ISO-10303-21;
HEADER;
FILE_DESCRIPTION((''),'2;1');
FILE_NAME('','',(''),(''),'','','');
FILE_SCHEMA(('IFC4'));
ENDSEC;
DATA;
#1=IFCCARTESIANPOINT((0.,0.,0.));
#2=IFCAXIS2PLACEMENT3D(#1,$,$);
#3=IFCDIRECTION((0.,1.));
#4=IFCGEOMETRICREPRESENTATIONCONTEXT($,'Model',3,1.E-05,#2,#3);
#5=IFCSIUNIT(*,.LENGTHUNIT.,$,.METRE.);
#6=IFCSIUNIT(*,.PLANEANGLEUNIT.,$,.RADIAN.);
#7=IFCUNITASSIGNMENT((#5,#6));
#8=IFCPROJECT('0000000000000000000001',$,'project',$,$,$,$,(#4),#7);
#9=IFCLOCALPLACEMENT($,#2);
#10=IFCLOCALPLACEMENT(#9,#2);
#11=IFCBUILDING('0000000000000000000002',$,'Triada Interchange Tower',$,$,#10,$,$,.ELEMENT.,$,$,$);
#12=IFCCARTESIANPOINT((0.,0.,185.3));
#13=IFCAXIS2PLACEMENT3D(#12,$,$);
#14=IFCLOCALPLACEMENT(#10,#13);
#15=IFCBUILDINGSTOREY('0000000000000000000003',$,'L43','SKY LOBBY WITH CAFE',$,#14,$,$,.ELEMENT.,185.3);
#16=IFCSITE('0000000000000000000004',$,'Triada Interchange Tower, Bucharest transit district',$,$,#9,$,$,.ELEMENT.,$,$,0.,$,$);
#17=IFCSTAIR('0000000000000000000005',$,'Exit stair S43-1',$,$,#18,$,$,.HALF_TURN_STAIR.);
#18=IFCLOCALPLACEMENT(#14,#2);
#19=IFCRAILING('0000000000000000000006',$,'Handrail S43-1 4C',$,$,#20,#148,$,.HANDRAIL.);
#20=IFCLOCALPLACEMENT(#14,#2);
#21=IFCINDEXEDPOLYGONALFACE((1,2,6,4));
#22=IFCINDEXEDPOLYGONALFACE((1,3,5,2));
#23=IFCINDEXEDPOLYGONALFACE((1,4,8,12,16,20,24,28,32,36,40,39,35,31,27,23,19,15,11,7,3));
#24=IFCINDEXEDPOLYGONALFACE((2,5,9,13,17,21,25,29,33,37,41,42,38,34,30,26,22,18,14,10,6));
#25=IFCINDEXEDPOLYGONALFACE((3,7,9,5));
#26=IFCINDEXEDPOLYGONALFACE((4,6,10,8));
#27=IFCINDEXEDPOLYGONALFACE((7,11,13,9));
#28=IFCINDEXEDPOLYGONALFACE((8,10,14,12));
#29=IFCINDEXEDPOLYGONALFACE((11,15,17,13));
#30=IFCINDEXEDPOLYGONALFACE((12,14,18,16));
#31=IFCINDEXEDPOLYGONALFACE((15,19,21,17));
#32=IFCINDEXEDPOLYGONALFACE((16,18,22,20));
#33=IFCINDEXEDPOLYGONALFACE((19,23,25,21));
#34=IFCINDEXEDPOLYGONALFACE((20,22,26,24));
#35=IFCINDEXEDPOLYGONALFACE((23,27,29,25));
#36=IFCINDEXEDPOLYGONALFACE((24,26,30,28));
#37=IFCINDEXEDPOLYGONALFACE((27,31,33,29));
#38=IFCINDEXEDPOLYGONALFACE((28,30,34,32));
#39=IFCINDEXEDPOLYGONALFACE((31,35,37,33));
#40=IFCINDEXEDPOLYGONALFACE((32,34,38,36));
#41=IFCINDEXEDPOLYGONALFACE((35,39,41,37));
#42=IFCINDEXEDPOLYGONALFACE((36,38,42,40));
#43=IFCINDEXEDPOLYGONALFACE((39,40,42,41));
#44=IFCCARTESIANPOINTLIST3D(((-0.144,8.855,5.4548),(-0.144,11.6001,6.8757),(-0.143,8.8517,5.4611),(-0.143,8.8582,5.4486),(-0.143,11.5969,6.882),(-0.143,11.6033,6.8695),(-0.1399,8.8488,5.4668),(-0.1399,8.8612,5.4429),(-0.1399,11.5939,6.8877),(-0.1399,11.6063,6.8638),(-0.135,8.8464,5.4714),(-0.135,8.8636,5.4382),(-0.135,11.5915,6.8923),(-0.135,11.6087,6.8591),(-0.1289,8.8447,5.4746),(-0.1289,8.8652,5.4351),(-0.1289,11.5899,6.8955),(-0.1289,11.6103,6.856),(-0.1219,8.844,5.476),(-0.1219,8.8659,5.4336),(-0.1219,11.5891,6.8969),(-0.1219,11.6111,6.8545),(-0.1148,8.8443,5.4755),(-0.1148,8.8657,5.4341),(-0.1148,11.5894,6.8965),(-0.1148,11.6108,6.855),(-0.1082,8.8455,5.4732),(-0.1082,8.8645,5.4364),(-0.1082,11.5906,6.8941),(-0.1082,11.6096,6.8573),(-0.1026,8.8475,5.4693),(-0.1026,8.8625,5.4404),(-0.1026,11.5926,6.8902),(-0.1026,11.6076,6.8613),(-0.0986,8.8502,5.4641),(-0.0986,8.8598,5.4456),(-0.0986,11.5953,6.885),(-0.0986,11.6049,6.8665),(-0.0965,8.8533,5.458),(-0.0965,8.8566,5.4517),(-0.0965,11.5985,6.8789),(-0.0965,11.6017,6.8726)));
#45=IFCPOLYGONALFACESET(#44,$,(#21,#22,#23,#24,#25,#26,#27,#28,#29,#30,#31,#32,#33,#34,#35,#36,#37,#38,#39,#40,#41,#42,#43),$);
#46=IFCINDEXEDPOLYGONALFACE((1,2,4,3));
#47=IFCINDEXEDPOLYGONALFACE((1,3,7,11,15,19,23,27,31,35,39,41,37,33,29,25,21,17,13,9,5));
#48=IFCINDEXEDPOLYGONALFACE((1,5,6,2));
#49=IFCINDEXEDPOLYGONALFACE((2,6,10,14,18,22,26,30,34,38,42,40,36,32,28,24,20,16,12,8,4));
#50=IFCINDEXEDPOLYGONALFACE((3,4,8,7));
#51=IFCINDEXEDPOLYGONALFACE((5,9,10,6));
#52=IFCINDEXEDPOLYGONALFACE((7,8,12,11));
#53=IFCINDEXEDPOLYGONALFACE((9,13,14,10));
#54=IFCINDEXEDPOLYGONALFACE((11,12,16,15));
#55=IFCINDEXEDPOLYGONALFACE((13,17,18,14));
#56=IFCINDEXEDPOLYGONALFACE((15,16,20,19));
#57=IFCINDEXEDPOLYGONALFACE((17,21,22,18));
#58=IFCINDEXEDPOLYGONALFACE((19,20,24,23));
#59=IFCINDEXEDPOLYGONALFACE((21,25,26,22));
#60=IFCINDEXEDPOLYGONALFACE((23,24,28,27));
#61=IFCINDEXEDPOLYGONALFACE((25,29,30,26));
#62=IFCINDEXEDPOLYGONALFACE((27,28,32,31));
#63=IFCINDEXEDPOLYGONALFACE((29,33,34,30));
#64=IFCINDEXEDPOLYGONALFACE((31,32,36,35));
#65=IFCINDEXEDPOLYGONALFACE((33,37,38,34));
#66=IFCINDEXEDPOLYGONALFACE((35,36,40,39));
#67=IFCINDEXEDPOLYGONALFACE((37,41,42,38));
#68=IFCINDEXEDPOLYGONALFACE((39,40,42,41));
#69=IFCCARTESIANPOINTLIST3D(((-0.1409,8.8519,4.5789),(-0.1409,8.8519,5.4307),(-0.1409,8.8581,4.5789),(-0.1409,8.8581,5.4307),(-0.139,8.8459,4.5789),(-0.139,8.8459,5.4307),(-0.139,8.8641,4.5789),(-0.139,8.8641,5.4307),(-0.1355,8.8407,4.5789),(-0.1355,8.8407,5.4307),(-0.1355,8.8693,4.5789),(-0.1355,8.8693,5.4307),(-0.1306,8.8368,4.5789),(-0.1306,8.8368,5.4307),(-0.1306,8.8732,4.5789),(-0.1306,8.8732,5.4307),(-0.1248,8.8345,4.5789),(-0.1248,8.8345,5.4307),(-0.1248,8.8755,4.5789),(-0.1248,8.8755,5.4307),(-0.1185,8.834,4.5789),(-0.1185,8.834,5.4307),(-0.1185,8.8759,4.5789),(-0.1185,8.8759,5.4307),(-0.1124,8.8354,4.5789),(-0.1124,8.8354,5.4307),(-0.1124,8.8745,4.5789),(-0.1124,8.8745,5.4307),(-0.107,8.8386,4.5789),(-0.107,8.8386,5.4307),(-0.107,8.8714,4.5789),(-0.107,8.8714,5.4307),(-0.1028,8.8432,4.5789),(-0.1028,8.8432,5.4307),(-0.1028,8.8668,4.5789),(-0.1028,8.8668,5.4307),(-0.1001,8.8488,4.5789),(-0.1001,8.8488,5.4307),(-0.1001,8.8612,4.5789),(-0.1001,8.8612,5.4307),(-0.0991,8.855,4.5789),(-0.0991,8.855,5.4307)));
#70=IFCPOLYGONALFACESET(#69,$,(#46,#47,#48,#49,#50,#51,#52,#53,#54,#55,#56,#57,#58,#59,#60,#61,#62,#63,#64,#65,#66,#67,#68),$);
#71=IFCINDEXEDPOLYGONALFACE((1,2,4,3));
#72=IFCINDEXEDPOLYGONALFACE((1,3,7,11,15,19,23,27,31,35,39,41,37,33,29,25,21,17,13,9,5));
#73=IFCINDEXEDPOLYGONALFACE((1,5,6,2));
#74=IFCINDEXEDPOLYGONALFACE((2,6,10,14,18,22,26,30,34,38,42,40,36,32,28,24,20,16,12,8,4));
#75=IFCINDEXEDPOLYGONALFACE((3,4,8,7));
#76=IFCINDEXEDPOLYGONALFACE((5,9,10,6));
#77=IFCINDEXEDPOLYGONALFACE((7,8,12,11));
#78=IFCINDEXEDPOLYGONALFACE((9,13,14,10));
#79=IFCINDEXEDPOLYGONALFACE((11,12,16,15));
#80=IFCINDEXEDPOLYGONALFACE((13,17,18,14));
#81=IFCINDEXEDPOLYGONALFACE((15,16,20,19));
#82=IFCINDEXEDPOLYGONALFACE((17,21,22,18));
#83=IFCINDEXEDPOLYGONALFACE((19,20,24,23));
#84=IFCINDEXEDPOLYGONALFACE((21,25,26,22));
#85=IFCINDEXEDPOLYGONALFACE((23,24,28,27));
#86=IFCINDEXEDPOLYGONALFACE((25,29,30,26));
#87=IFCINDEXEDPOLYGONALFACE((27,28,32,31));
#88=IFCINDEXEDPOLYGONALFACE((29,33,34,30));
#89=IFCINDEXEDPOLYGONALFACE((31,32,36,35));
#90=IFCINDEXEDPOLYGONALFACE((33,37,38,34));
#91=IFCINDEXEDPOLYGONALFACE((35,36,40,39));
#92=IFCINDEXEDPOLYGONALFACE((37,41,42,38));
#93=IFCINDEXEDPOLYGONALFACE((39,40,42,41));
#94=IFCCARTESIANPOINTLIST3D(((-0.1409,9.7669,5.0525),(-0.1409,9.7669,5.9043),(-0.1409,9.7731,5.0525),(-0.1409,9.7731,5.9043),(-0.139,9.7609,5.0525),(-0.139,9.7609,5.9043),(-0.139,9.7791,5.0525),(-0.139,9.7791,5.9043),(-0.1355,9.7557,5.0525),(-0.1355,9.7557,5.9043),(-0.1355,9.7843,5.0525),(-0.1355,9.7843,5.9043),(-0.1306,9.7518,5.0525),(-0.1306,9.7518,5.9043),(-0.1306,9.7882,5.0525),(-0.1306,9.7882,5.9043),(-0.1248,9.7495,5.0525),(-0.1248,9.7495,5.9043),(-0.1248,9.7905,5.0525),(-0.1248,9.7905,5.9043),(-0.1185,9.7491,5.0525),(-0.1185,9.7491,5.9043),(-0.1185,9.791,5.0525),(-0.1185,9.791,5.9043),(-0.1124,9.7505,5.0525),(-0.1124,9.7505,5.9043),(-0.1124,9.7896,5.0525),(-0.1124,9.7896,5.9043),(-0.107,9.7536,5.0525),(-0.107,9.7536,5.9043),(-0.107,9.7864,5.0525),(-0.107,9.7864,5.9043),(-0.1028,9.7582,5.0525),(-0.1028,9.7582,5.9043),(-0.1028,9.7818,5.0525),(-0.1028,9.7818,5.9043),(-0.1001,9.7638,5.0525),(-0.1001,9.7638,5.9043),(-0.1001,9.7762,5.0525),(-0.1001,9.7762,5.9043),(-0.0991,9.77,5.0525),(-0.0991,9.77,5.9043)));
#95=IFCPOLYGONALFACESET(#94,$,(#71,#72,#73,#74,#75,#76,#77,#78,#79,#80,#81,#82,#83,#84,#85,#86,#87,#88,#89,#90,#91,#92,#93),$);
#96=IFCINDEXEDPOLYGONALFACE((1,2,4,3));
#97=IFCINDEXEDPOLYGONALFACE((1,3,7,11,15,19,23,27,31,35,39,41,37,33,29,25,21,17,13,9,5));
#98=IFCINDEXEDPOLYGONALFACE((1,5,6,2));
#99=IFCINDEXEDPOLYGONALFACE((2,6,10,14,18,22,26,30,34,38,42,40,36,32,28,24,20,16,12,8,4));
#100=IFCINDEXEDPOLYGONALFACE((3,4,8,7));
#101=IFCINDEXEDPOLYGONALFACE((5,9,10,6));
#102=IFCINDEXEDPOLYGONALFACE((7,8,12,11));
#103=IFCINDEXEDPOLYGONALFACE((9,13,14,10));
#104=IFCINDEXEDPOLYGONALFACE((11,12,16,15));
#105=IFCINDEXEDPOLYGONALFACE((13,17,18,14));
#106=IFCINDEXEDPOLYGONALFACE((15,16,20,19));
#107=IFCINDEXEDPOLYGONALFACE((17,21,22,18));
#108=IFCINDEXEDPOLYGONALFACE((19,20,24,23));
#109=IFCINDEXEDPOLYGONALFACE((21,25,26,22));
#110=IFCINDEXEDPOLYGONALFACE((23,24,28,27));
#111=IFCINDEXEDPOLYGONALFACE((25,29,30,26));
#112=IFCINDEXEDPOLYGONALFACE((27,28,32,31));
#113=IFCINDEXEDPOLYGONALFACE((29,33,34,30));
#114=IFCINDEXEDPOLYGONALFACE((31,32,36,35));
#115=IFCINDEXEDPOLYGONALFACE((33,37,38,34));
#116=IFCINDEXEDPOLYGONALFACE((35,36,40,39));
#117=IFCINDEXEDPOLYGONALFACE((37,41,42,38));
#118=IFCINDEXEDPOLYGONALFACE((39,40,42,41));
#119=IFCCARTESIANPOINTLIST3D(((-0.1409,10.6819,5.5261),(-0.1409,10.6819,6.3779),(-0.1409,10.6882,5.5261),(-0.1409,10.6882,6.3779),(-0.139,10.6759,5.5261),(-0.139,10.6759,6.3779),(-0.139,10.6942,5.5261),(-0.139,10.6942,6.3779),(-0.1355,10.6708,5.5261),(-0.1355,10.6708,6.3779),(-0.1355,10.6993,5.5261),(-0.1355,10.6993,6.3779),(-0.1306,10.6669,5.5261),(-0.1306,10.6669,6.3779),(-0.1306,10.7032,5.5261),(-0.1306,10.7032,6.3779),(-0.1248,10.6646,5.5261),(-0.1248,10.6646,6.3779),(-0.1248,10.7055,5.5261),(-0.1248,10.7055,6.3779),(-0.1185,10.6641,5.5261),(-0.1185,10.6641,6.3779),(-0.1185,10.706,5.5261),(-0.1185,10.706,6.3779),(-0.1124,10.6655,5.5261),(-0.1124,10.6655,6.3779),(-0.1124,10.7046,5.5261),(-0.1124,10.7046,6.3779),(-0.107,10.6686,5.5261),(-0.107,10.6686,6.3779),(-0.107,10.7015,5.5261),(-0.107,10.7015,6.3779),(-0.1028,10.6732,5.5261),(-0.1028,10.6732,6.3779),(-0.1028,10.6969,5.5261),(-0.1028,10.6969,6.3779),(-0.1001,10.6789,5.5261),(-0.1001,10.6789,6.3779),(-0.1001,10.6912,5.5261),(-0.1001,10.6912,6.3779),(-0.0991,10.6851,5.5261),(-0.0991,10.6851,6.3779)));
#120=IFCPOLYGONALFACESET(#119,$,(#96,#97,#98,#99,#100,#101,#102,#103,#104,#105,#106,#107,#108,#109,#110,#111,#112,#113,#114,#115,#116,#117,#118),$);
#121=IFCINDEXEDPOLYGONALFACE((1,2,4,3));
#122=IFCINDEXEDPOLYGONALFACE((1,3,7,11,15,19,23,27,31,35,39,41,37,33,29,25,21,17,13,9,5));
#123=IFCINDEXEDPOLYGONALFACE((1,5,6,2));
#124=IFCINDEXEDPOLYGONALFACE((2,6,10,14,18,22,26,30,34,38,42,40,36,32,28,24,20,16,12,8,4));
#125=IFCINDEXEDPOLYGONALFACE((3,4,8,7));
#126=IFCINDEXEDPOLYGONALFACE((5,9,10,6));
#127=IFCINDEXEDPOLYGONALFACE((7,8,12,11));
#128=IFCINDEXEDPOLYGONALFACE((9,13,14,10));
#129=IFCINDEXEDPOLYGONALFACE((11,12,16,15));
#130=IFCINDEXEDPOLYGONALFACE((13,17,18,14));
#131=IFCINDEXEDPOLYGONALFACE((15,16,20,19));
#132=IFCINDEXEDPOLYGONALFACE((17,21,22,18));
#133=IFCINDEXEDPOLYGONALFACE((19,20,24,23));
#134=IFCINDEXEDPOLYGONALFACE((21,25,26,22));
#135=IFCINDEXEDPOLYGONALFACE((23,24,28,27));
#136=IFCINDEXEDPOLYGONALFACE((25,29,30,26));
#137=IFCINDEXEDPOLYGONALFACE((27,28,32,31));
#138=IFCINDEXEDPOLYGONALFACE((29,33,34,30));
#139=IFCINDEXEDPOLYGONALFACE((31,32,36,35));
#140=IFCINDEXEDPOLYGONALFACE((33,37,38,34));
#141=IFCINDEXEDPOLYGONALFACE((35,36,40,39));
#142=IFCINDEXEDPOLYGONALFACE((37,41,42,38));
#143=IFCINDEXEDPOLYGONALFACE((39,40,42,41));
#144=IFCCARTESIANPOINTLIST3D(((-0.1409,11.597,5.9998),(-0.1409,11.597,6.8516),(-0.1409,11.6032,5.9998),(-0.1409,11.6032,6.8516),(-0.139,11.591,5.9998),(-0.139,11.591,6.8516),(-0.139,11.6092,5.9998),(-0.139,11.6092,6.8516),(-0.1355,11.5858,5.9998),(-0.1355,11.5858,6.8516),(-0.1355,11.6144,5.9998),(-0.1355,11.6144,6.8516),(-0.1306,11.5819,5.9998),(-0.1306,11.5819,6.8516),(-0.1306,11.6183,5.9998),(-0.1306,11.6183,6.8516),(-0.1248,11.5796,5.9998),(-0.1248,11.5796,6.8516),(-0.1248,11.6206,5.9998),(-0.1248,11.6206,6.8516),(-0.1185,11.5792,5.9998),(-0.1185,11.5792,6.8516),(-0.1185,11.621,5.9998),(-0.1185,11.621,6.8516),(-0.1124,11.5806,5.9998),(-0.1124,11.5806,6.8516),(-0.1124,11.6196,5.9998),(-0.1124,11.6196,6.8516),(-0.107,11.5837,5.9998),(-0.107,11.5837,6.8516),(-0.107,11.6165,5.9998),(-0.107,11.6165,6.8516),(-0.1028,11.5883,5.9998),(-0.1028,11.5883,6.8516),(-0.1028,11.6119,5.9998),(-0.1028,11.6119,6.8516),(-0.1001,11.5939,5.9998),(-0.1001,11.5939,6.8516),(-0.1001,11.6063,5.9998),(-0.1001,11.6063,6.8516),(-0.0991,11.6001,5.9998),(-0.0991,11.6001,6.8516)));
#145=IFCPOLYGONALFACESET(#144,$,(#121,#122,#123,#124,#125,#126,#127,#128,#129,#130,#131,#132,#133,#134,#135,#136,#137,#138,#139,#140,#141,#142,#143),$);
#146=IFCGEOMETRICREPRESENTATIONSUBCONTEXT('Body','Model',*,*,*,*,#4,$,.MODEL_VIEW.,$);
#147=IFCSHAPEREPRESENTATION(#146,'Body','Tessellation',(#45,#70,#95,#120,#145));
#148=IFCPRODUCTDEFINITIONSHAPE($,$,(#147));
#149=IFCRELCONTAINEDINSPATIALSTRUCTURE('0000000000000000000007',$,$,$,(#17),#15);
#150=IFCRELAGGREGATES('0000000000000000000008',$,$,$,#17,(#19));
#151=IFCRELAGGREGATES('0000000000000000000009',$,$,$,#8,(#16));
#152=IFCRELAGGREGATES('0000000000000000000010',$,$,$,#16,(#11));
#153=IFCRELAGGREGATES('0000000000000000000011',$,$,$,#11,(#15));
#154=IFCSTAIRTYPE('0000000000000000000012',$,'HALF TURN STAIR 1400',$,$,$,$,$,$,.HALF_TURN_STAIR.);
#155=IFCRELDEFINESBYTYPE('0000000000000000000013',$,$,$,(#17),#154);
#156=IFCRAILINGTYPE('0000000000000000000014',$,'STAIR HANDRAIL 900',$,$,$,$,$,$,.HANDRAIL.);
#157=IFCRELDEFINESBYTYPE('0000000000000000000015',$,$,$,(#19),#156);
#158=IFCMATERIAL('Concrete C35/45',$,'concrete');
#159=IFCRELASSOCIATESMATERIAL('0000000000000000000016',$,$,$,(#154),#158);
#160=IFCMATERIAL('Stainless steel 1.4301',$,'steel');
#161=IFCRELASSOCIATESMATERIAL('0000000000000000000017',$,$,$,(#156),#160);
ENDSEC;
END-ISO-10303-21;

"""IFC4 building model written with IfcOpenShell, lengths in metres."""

from ifc_helpers import new_model, si_unit, direction, frame, origin, origin_2d, place, context, subcontext, project, spatial, circle, extrude, material, type_object, element, aggregate, save


model = new_model("IFC4")

# Units and contexts
model_context = context("Model", 3, precision=1e-05, world=origin(), true_north=direction((0.0, 1.0)))
body_context = subcontext(model_context, "Body", "Model", "MODEL_VIEW")
ifc_project = project(units=[si_unit("LENGTHUNIT", "METRE"), si_unit("PLANEANGLEUNIT", "RADIAN")], contexts=[model_context])

# Site, building, storey
site_placement = place(None, origin())
site = spatial("IfcSite", under=ifc_project, at=site_placement, Name="Triada Interchange Tower, Bucharest transit district", CompositionType="ELEMENT", RefElevation=0.0)
building_placement = place(site_placement, origin())
building = spatial("IfcBuilding", under=site, at=building_placement, Name="Triada Interchange Tower", CompositionType="ELEMENT")
storey_placement = place(building_placement, frame((0.0, 0.0, 185.3)))
storey = spatial("IfcBuildingStorey", under=building, at=storey_placement, Name="L43", Description="SKY LOBBY WITH CAFE", CompositionType="ELEMENT", Elevation=185.3)

# Stair, railing
ifc_material_1 = material(Name="Concrete C35/45", Category="concrete")
stair_type = type_object("IfcStairType", Name="HALF TURN STAIR 1400", PredefinedType="HALF_TURN_STAIR", material=ifc_material_1)
stair_placement = place(storey_placement, origin())
stair = element("IfcStair", 1, at=stair_placement, inside=storey, type_object=stair_type, Name="Exit stair S43-1", PredefinedType="HALF_TURN_STAIR")
ifc_material_2 = material(Name="Stainless steel 1.4301", Category="steel")
railing_type = type_object("IfcRailingType", Name="STAIR HANDRAIL 900", PredefinedType="HANDRAIL", material=ifc_material_2)
railing_1_placement = place(storey_placement, frame((-0.1201, 8.855, 4.5789)))
railing_1 = element("IfcRailing", 2, at=railing_1_placement, type_object=railing_type, Name="Handrail S43-1 4C", PredefinedType="HANDRAIL", context=body_context, shape_type="SweptSolid", body=[
    extrude(circle(Radius=0.0239, at=origin_2d()), frame((0.0, 0.0, 0.876), z_axis=(0.0, 0.888084, 0.459681), x_axis=(-1.0, 0.0, 0.0)), (0.0, 0.0, 1.0), 3.0911),
    extrude(circle(Radius=0.021, at=origin_2d()), origin(), (0.0, 0.0, 1.0), 0.8518),
    extrude(circle(Radius=0.021, at=origin_2d()), frame((0.0, 0.915, 0.4736)), (0.0, 0.0, 1.0), 0.8518),
    extrude(circle(Radius=0.021, at=origin_2d()), frame((0.0, 1.8301, 0.9473)), (0.0, 0.0, 1.0), 0.8518),
    extrude(circle(Radius=0.021, at=origin_2d()), frame((0.0, 2.7451, 1.4209)), (0.0, 0.0, 1.0), 0.8518),
])
aggregate(stair, [railing_1])

save(model, "model.ifc")
